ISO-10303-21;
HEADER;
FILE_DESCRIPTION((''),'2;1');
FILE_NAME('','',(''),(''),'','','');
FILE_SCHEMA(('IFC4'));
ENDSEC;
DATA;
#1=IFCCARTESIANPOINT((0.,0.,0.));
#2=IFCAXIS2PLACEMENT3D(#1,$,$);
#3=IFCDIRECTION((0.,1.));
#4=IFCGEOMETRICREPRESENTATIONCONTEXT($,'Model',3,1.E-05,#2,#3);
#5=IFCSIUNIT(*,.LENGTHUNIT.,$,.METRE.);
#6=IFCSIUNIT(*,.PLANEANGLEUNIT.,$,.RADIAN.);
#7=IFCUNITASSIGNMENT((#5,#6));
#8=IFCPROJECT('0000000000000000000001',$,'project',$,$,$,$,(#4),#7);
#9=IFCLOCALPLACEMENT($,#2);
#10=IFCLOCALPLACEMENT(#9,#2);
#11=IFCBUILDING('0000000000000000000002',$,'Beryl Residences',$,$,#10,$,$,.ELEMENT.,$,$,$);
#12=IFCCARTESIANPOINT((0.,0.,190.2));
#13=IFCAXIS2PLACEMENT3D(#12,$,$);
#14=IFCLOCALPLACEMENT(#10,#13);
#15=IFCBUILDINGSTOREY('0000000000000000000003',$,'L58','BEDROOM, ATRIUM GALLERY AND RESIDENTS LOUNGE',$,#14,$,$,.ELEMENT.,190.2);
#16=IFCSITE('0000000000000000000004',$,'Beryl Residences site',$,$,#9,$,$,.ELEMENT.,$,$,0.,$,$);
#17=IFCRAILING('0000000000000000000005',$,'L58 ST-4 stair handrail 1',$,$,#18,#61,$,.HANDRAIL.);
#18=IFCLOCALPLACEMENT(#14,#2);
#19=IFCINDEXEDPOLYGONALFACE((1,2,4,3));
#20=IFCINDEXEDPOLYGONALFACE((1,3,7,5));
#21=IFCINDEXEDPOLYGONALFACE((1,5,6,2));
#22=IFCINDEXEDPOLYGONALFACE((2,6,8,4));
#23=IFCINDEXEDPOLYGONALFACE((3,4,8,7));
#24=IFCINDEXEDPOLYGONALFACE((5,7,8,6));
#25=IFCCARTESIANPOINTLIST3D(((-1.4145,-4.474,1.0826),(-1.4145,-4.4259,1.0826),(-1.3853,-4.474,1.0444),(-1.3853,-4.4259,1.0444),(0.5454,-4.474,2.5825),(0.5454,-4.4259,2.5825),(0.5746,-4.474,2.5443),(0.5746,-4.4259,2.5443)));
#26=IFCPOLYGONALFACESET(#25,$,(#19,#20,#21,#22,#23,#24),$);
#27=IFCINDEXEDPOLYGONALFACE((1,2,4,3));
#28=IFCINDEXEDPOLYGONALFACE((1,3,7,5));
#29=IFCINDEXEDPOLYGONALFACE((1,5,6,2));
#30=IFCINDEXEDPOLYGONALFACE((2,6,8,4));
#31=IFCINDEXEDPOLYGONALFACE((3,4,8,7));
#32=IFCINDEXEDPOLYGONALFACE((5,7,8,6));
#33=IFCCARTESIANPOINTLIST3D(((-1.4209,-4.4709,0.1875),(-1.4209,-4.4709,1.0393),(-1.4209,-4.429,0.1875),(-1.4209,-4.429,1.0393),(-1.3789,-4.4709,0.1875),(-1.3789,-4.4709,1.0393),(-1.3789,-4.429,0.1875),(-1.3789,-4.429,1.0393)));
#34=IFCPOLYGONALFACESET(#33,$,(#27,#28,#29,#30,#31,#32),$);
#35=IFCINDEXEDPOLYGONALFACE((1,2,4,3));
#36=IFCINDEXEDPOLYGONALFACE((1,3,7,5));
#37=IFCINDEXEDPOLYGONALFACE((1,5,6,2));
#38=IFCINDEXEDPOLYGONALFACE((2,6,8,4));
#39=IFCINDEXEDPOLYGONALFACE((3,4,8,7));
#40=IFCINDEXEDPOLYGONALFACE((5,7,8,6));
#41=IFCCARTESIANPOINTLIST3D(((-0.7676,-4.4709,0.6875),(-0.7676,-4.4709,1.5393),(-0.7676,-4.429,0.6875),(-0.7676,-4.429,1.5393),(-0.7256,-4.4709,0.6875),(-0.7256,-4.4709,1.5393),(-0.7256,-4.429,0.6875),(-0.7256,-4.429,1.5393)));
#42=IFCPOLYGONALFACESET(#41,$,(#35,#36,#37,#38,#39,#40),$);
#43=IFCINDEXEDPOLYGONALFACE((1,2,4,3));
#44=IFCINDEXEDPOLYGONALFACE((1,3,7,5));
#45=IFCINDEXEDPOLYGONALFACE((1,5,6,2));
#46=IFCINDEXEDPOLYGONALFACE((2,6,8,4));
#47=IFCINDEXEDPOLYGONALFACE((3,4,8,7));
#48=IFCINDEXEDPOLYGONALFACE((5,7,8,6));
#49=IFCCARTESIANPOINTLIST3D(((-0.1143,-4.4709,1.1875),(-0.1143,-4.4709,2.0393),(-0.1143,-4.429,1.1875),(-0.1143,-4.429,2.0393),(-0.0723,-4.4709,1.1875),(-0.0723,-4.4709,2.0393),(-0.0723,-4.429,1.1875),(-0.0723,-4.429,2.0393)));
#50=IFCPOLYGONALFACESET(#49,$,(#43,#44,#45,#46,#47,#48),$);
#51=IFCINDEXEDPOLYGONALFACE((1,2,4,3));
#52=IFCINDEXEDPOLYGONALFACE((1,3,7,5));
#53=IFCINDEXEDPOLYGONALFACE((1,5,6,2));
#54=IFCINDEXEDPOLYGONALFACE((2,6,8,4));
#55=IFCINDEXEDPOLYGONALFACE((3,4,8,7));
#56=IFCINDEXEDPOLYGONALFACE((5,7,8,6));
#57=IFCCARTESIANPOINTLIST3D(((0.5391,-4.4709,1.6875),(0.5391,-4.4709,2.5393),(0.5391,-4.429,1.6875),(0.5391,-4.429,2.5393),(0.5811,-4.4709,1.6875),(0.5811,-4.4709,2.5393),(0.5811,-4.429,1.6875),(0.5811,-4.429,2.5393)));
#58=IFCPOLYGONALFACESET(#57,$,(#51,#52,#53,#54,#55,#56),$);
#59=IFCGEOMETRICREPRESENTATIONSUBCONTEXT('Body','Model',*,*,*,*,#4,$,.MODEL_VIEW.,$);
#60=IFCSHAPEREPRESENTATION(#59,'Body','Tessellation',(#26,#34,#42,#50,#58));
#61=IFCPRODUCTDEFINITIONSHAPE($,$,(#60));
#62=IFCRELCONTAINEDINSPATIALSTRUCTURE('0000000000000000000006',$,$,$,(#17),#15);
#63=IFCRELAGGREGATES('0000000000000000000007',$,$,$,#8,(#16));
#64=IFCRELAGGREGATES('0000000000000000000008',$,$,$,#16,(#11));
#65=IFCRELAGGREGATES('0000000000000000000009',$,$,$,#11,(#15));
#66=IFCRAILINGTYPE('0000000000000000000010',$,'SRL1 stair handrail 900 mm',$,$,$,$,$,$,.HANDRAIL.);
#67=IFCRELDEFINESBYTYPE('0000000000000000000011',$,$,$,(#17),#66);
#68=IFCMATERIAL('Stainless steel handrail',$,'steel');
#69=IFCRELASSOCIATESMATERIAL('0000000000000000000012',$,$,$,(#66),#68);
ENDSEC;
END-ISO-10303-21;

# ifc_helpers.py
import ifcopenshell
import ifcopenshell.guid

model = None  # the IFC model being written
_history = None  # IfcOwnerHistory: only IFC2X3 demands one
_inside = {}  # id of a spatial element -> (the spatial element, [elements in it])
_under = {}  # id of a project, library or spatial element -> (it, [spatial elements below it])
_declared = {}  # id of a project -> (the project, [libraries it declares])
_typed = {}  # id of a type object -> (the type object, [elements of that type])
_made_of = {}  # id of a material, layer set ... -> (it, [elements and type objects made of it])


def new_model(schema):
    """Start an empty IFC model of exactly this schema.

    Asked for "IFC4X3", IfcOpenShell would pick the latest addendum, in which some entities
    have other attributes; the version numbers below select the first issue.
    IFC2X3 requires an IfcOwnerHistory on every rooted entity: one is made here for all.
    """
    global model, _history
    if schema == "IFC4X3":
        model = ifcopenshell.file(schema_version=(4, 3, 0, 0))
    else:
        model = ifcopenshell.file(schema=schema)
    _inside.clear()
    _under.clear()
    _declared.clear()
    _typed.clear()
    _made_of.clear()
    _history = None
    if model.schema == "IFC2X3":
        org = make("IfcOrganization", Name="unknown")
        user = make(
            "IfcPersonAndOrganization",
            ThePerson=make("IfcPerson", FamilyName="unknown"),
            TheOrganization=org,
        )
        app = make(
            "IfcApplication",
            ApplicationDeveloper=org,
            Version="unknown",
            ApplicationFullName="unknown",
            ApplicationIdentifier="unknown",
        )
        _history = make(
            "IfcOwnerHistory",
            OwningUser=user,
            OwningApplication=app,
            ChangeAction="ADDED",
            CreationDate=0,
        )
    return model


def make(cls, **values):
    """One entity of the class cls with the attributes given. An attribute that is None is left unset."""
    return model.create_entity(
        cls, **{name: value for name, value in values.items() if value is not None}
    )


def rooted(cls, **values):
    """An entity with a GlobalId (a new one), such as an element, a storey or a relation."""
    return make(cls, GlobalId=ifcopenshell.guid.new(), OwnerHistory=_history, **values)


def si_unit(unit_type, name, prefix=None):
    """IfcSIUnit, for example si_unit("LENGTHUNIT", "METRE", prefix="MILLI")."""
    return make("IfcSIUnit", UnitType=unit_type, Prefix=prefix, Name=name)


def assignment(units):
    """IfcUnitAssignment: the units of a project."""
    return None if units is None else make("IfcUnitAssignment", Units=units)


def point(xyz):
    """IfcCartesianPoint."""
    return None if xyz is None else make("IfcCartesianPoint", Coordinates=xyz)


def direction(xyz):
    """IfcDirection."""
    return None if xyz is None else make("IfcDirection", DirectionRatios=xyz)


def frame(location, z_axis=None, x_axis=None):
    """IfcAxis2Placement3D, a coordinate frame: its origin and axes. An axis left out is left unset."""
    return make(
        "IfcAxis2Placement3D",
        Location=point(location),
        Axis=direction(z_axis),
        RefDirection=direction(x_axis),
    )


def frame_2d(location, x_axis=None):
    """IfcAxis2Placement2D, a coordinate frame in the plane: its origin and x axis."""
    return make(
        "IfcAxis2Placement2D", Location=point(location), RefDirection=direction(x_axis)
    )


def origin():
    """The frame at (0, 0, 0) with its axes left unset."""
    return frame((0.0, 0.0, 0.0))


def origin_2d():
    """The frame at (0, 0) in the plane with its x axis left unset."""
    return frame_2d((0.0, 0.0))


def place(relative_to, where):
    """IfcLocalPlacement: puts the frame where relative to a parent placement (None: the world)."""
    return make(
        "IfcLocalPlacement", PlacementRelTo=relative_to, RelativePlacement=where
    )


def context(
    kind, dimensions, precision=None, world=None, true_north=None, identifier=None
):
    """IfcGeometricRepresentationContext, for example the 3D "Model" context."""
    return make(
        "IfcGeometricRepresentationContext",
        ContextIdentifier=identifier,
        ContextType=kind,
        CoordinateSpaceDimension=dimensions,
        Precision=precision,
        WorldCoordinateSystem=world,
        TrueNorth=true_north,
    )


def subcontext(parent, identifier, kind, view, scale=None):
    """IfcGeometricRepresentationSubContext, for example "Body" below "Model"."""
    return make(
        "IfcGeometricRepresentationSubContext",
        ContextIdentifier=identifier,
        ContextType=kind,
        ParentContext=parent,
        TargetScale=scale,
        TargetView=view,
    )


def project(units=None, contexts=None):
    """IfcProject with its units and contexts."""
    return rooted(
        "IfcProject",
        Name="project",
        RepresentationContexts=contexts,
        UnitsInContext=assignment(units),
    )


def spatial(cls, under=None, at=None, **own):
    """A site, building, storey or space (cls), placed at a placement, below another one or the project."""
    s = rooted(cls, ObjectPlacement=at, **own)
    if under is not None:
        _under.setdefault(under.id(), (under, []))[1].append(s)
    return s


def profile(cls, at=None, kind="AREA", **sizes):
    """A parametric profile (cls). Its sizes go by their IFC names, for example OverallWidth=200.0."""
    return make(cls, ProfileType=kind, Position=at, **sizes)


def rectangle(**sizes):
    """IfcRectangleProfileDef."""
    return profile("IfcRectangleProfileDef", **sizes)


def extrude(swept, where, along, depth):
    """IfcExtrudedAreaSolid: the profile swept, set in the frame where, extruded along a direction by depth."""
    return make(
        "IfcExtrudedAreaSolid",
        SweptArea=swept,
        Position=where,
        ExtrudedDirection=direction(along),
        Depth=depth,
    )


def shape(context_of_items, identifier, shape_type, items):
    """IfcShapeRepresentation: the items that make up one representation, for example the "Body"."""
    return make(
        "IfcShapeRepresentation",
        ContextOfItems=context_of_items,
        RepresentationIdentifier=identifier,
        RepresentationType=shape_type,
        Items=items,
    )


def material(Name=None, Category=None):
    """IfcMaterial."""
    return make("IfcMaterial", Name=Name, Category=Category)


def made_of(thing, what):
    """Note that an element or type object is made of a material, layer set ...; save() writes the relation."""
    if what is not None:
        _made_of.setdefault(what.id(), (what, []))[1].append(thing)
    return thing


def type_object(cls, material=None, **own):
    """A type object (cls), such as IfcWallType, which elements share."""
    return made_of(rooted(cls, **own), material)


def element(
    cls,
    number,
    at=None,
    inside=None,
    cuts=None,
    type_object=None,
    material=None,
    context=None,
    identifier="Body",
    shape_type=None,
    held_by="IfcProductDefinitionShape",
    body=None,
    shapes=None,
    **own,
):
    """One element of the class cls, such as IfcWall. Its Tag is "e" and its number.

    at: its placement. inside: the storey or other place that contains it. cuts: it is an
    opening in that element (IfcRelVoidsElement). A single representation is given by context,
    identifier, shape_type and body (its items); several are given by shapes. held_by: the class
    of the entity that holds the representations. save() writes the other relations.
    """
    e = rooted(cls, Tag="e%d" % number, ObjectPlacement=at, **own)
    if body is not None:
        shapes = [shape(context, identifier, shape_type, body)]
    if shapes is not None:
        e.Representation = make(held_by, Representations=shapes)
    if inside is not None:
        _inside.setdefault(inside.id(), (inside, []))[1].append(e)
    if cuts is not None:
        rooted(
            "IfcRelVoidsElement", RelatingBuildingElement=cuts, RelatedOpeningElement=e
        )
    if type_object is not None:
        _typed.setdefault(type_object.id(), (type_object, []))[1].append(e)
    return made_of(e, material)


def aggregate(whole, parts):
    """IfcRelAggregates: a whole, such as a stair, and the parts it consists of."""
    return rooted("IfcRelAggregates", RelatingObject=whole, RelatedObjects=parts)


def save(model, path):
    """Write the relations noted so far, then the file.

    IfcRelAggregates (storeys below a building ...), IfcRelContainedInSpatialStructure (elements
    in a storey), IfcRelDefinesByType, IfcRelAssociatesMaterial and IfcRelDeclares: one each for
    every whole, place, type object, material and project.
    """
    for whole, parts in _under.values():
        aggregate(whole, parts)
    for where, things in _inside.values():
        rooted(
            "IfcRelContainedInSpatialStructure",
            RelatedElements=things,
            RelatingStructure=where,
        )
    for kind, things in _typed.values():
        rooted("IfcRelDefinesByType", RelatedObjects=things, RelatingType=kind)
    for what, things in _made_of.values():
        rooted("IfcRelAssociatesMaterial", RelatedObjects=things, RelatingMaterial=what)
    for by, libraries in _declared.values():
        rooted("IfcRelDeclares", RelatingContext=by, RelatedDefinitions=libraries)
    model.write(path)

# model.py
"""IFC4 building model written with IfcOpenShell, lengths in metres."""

from ifc_helpers import new_model, si_unit, direction, frame, origin, origin_2d, place, context, subcontext, project, spatial, rectangle, extrude, material, type_object, element, save


model = new_model("IFC4")

# Units and contexts
model_context = context("Model", 3, precision=1e-05, world=origin(), true_north=direction((0.0, 1.0)))
body_context = subcontext(model_context, "Body", "Model", "MODEL_VIEW")
ifc_project = project(units=[si_unit("LENGTHUNIT", "METRE"), si_unit("PLANEANGLEUNIT", "RADIAN")], contexts=[model_context])

# Site, building, storey
site_placement = place(None, origin())
site = spatial("IfcSite", under=ifc_project, at=site_placement, Name="Beryl Residences site", CompositionType="ELEMENT", RefElevation=0.0)
building_placement = place(site_placement, origin())
building = spatial("IfcBuilding", under=site, at=building_placement, Name="Beryl Residences", CompositionType="ELEMENT")
storey_placement = place(building_placement, frame((0.0, 0.0, 190.2)))
storey = spatial("IfcBuildingStorey", under=building, at=storey_placement, Name="L58", Description="BEDROOM, ATRIUM GALLERY AND RESIDENTS LOUNGE", CompositionType="ELEMENT", Elevation=190.2)

# Railing
ifc_material_1 = material(Name="Stainless steel handrail", Category="steel")
railing_type_1 = type_object("IfcRailingType", Name="SRL1 stair handrail 900 mm", PredefinedType="HANDRAIL", material=ifc_material_1)
railing_1_placement = place(storey_placement, frame((-1.3999, -4.45, 0.1875)))
element("IfcRailing", 1, at=railing_1_placement, inside=storey, type_object=railing_type_1, Name="L58 ST-4 stair handrail 1", PredefinedType="HANDRAIL", context=body_context, shape_type="SweptSolid", body=[
    extrude(rectangle(XDim=0.0481, YDim=0.0481, at=origin_2d()), frame((0.0, 0.0, 0.876), z_axis=(0.794122, 0.0, 0.607758), x_axis=(0.0, 1.0, 0.0)), (0.0, 0.0, 1.0), 2.468),
    extrude(rectangle(XDim=0.042, YDim=0.042, at=origin_2d()), origin(), (0.0, 0.0, 1.0), 0.8518),
    extrude(rectangle(XDim=0.042, YDim=0.042, at=origin_2d()), frame((0.6533, 0.0, 0.5)), (0.0, 0.0, 1.0), 0.8518),
    extrude(rectangle(XDim=0.042, YDim=0.042, at=origin_2d()), frame((1.3066, 0.0, 1.0)), (0.0, 0.0, 1.0), 0.8518),
    extrude(rectangle(XDim=0.042, YDim=0.042, at=origin_2d()), frame((1.96, 0.0, 1.5)), (0.0, 0.0, 1.0), 0.8518),
])

save(model, "model.ifc")
